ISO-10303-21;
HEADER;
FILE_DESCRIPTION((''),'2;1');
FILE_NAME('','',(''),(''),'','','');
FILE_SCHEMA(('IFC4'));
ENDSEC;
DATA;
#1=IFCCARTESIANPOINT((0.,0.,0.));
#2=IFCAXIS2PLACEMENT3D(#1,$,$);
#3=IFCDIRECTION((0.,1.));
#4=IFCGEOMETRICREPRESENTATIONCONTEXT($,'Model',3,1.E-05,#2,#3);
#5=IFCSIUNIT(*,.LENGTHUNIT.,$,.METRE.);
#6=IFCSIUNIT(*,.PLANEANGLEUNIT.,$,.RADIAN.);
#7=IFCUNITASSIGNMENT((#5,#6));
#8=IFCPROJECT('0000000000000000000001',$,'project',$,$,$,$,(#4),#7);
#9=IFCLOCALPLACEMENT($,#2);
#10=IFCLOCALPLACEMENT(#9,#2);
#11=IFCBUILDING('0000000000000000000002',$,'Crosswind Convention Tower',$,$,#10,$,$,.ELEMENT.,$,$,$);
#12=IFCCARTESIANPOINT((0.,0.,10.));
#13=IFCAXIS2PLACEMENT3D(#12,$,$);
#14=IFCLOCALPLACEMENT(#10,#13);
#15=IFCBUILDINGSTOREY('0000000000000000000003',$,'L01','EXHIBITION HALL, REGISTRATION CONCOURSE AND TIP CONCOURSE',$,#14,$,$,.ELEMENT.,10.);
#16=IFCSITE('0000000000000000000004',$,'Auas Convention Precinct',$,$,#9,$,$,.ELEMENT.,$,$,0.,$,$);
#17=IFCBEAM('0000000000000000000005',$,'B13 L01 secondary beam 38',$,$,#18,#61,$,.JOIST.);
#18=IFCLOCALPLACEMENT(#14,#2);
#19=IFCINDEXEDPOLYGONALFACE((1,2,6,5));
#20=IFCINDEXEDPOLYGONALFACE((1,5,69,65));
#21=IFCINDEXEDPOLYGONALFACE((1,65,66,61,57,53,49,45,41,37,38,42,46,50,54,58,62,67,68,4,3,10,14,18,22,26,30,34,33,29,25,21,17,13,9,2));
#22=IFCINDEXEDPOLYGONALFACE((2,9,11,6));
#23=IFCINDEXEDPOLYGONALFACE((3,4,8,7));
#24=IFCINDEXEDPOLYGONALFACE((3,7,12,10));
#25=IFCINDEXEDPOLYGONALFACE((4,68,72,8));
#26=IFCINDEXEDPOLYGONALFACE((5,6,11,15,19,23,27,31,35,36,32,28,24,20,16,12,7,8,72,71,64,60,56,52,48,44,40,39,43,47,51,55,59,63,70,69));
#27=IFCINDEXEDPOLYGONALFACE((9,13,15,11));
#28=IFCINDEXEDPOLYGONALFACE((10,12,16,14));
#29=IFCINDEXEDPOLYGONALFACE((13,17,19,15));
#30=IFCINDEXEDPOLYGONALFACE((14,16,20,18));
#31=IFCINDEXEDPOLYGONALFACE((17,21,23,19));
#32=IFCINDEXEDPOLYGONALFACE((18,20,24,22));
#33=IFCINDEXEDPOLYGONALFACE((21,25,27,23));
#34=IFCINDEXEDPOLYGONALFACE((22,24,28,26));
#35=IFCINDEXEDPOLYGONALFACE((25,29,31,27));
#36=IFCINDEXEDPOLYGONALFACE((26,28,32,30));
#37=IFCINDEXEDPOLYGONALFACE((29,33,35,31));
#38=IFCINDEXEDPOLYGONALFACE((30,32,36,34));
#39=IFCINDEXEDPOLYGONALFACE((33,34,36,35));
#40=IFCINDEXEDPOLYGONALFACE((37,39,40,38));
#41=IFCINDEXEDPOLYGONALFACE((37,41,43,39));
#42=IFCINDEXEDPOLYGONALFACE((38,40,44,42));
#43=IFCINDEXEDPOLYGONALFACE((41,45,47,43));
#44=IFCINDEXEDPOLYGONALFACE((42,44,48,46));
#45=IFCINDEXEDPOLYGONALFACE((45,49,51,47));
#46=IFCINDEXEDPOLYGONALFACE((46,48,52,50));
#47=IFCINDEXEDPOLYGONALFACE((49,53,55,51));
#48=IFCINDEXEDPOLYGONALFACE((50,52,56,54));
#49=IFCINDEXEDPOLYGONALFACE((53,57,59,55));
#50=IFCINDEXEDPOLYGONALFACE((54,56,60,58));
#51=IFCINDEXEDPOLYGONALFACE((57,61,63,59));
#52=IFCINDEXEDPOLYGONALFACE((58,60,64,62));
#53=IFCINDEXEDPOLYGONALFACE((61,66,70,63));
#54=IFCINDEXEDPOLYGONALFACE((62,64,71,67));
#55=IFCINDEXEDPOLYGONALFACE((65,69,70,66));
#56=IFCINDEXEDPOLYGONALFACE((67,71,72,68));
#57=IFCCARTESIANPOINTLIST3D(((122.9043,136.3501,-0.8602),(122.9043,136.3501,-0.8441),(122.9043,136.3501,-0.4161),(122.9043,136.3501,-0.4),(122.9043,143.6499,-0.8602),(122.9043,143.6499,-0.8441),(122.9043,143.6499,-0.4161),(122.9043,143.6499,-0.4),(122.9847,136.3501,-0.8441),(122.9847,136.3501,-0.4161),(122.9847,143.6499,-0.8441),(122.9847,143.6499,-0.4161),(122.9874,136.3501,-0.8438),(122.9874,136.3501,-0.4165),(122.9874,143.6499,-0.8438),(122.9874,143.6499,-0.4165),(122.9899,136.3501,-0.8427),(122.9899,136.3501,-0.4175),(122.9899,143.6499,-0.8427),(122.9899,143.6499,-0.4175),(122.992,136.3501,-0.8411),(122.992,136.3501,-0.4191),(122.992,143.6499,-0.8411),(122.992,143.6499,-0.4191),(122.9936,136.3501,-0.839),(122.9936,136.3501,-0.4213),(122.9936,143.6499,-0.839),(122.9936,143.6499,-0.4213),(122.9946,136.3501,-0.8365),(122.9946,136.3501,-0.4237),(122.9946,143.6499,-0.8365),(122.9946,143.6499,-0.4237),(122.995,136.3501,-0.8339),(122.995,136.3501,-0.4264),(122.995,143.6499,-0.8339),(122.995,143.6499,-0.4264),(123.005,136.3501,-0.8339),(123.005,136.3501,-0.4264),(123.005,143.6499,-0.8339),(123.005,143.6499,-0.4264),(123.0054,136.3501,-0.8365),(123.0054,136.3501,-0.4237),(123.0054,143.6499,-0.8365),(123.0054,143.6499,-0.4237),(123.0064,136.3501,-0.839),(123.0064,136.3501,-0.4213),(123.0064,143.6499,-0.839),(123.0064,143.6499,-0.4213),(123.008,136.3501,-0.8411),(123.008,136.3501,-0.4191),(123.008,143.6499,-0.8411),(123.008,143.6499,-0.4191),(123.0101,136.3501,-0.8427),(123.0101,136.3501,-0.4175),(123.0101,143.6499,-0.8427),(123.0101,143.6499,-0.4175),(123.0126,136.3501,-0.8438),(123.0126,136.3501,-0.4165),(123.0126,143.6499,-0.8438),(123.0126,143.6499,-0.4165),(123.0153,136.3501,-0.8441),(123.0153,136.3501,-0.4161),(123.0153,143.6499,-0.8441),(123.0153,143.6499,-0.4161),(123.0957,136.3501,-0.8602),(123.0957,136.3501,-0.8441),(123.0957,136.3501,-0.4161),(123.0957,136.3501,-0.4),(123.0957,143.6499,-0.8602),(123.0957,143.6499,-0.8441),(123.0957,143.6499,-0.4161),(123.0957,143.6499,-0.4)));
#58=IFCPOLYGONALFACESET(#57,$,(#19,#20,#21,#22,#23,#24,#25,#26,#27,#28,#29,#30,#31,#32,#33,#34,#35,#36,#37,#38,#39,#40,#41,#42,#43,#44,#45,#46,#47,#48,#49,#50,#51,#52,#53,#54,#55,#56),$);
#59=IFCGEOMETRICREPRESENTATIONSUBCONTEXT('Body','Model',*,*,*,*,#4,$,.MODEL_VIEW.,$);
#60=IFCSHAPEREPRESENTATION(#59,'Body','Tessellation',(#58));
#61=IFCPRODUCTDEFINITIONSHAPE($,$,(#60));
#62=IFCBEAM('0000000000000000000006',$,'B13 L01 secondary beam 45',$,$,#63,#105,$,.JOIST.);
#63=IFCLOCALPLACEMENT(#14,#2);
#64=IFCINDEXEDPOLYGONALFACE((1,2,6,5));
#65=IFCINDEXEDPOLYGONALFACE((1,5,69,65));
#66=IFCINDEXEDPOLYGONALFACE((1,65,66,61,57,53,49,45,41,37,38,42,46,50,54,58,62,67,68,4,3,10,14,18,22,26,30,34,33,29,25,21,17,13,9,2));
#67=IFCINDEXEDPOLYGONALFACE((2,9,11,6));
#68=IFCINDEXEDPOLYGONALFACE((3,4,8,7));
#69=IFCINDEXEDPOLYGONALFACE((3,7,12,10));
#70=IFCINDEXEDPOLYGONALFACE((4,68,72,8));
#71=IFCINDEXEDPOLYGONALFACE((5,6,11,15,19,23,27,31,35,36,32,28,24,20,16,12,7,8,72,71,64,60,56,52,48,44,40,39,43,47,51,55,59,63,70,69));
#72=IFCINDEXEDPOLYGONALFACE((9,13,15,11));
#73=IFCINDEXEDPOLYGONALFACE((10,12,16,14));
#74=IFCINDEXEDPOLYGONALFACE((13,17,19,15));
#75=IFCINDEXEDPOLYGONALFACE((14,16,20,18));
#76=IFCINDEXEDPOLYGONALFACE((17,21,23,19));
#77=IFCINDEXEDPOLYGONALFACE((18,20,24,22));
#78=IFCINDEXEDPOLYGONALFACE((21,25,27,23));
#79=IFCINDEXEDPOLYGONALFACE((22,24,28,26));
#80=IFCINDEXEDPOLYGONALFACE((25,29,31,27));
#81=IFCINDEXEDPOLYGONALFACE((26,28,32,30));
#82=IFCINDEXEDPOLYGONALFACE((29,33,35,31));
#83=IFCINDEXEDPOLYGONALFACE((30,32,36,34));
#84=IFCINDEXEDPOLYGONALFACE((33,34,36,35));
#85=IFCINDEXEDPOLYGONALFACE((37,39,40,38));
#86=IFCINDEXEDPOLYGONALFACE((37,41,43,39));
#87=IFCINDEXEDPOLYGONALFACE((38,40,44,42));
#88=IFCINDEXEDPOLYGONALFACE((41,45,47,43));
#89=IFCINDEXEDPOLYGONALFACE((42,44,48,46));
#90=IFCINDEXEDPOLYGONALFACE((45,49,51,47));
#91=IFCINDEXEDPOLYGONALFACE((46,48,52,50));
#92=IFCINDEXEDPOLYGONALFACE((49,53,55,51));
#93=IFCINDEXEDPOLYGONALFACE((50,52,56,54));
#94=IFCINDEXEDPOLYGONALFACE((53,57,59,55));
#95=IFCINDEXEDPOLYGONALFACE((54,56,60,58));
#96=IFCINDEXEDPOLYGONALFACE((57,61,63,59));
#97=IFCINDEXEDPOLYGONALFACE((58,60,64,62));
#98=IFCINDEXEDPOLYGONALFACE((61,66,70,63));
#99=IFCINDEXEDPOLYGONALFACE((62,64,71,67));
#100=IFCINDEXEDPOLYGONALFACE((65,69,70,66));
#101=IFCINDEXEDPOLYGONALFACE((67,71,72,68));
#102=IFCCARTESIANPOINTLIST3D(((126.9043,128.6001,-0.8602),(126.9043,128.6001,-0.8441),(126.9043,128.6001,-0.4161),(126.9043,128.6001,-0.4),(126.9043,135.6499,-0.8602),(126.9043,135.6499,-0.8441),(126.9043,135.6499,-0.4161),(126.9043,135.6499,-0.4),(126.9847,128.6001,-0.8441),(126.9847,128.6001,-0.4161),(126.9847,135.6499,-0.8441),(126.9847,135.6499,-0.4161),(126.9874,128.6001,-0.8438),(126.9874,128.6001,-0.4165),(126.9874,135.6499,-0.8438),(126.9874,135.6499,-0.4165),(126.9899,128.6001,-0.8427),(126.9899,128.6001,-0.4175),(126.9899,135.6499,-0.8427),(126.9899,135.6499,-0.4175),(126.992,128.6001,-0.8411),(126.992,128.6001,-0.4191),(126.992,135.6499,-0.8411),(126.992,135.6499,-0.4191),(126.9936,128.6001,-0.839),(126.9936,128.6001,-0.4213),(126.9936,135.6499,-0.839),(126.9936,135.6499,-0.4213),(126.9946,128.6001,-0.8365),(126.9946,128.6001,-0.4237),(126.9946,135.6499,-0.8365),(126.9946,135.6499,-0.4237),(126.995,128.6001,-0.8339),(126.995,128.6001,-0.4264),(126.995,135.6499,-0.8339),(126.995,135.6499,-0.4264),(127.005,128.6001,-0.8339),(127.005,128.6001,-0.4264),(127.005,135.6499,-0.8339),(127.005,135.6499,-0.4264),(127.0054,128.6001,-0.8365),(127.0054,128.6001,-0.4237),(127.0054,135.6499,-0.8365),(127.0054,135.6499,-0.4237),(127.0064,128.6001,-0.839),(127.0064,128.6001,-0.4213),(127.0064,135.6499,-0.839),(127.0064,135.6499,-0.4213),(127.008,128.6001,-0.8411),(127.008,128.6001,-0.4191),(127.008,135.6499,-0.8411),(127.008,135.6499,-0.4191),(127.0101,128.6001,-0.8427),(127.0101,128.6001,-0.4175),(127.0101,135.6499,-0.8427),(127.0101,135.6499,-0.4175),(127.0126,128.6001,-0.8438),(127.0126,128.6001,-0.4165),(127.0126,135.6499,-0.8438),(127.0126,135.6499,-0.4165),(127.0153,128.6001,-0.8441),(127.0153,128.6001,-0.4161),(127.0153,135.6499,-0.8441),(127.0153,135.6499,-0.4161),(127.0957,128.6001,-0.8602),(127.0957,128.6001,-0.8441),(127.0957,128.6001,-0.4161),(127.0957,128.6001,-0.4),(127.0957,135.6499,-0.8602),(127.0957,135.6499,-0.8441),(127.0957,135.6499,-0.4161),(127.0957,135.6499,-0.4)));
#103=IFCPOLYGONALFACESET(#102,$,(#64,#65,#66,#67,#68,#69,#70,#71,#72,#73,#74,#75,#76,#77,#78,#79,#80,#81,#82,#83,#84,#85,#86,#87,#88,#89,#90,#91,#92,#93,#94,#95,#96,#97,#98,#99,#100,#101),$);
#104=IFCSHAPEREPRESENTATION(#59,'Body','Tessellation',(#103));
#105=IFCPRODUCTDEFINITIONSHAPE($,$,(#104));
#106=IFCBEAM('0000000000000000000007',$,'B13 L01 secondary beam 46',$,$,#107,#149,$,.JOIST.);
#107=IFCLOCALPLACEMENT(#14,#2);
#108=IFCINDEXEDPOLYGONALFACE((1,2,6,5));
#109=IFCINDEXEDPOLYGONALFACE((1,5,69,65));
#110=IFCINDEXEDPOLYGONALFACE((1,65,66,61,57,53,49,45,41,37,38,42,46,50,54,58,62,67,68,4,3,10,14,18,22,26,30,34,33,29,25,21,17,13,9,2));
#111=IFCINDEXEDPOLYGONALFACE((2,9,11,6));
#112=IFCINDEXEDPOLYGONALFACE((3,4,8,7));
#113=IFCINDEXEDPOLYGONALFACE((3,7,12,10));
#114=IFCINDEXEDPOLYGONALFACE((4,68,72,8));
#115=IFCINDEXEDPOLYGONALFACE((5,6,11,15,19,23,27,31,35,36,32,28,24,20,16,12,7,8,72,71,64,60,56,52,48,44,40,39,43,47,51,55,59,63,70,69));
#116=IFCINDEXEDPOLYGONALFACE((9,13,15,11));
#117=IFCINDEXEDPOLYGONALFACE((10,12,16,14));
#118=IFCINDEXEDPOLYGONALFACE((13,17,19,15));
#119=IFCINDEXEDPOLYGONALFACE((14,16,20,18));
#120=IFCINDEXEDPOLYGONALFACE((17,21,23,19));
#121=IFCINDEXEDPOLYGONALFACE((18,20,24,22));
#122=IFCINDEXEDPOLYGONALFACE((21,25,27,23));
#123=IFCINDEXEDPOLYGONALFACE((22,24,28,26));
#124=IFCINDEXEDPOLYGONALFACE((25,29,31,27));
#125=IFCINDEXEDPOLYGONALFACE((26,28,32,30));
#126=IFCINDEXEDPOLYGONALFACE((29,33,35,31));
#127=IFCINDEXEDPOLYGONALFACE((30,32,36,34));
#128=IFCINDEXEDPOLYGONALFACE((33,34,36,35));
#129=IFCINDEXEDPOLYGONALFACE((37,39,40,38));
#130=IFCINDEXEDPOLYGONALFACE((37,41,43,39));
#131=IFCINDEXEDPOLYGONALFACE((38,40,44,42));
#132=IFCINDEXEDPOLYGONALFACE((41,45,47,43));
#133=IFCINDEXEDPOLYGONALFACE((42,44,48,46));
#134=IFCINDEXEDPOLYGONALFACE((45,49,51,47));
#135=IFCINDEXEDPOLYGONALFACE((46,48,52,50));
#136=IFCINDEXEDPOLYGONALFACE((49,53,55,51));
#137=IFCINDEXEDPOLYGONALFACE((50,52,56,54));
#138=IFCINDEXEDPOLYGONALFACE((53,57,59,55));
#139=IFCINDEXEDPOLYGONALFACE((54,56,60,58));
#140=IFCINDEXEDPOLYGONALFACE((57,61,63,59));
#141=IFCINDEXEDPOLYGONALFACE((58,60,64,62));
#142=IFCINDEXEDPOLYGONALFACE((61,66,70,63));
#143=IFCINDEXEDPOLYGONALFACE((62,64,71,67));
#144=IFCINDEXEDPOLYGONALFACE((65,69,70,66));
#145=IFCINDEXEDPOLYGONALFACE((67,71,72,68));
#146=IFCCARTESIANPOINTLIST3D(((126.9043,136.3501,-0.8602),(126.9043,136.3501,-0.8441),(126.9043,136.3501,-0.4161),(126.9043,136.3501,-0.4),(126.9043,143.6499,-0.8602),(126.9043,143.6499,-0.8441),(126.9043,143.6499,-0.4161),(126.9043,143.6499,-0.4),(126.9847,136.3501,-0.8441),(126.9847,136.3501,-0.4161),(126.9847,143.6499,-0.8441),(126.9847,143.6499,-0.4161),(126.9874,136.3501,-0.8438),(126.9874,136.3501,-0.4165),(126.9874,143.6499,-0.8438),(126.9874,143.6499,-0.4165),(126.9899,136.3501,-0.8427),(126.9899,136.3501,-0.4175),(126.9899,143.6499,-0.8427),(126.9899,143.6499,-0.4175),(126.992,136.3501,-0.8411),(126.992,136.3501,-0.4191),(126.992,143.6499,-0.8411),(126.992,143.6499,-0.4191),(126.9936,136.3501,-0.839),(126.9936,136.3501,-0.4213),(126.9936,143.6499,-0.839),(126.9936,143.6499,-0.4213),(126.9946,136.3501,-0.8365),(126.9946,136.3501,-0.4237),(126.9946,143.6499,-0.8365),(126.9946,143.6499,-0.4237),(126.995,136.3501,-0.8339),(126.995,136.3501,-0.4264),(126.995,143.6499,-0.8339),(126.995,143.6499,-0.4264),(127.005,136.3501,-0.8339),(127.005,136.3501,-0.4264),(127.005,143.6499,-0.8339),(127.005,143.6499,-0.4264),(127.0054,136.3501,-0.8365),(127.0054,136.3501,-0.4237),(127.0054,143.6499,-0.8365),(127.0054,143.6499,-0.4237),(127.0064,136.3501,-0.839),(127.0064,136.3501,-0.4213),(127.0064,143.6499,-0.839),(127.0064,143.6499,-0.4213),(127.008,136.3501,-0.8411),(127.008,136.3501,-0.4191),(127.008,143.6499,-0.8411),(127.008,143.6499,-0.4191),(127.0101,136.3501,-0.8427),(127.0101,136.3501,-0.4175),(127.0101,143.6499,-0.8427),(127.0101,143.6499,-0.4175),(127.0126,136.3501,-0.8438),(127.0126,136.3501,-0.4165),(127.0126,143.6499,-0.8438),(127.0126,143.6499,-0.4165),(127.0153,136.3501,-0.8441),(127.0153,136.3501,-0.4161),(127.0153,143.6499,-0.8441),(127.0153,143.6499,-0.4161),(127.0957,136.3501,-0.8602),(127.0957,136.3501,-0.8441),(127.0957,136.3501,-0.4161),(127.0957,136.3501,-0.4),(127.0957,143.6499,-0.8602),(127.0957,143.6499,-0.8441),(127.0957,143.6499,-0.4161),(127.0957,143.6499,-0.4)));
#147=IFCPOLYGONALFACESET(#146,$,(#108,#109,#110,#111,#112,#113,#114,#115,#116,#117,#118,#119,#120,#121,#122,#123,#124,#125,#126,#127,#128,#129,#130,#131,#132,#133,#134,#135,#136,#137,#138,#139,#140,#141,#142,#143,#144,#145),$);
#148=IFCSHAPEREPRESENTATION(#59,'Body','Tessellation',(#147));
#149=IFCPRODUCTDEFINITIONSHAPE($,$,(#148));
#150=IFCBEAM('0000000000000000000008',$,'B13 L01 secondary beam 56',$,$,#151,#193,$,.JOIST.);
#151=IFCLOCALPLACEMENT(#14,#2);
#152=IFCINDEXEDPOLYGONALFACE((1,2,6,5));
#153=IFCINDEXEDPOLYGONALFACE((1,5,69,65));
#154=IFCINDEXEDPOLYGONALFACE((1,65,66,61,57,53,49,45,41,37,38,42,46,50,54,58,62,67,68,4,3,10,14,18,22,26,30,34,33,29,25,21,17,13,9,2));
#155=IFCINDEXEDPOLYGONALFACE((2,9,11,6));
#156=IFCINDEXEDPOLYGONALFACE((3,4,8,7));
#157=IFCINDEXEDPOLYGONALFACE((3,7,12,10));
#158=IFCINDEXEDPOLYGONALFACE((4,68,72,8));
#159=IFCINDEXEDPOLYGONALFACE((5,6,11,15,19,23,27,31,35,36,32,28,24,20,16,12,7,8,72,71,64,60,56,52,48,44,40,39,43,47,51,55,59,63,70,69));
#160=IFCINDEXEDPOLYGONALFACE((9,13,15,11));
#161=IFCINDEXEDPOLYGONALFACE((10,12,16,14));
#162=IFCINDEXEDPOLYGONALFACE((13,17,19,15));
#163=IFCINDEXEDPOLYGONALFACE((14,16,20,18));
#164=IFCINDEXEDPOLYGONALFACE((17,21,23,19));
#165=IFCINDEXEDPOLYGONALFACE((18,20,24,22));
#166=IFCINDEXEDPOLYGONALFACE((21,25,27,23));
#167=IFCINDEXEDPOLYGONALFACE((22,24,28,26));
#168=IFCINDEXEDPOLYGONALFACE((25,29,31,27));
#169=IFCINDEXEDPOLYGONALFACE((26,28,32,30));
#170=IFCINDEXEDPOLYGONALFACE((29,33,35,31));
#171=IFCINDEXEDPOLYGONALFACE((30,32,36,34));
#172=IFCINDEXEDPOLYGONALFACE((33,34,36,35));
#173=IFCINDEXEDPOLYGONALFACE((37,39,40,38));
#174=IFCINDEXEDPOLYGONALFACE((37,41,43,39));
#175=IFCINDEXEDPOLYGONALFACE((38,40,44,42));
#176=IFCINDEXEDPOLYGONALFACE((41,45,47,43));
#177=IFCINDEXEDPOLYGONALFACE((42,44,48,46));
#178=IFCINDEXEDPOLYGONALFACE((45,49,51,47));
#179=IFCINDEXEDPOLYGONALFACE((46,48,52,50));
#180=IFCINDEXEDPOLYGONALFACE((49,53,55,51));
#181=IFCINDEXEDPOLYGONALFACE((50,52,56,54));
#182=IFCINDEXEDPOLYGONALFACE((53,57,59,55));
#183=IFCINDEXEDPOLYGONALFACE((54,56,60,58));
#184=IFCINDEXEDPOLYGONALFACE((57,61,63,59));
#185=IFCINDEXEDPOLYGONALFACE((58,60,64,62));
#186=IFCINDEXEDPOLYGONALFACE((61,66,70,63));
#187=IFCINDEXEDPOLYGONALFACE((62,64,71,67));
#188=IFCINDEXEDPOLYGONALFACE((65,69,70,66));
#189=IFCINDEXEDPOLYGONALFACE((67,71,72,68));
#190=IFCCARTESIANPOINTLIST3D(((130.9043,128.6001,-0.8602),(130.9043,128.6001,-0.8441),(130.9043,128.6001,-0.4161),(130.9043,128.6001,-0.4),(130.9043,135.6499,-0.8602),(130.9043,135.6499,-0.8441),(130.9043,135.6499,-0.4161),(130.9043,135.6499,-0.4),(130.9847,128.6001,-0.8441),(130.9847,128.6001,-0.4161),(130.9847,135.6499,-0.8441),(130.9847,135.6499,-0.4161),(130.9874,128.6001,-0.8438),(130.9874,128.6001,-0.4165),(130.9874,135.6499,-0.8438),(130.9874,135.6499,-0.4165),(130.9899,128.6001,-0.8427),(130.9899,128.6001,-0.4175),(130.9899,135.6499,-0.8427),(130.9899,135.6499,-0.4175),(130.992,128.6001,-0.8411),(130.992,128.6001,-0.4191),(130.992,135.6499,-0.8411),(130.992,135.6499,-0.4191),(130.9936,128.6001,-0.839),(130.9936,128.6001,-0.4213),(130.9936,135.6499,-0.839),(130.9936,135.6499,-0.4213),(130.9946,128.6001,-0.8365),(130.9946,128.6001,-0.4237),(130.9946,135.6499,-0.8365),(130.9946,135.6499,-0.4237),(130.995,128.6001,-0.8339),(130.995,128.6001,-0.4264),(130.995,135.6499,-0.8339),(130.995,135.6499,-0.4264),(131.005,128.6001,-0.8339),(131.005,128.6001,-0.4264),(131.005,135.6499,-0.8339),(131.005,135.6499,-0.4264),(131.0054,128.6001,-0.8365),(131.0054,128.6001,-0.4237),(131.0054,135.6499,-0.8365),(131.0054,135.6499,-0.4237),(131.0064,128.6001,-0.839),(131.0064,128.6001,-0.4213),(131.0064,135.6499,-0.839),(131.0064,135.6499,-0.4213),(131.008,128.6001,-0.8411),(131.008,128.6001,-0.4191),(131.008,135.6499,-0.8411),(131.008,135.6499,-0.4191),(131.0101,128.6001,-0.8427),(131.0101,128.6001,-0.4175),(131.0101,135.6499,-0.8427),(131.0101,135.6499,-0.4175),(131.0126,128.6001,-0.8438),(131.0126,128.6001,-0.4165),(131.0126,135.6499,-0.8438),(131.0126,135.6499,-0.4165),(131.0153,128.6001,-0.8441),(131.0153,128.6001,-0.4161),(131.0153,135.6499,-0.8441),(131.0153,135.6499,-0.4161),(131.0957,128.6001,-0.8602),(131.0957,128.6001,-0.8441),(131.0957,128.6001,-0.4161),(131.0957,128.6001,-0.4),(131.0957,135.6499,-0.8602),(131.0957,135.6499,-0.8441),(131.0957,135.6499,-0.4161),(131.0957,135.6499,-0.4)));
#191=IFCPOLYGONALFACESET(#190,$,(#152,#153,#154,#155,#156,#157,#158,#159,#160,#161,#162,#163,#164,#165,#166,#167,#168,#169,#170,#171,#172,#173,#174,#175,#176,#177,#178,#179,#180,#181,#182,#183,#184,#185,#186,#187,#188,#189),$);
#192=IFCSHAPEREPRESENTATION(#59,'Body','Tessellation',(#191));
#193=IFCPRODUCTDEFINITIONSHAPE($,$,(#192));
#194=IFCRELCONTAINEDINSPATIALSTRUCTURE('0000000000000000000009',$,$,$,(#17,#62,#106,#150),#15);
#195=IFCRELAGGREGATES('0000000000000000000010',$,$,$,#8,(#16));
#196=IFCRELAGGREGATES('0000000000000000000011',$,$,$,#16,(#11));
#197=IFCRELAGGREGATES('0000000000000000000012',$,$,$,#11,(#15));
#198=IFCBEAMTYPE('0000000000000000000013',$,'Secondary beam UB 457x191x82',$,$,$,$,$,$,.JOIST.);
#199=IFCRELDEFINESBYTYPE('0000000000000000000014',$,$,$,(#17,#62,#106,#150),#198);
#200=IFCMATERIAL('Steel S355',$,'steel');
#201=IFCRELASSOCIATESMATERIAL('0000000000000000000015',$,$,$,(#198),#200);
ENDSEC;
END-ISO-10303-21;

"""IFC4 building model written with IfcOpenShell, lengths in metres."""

from ifc_helpers import new_model, si_unit, direction, frame, origin, origin_2d, place, context, subcontext, project, spatial, i_section, extrude, material, material_profile, profile_set, type_object, element, save


model = new_model("IFC4")

# Units and contexts
model_context = context("Model", 3, precision=1e-05, world=origin(), true_north=direction((0.0, 1.0)))
body_context = subcontext(model_context, "Body", "Model", "MODEL_VIEW")
ifc_project = project(units=[si_unit("LENGTHUNIT", "METRE"), si_unit("PLANEANGLEUNIT", "RADIAN")], contexts=[model_context])

# Site, building, storey
site_placement = place(None, origin())
site = spatial("IfcSite", under=ifc_project, at=site_placement, Name="Auas Convention Precinct", CompositionType="ELEMENT", RefElevation=0.0)
building_placement = place(site_placement, origin())
building = spatial("IfcBuilding", under=site, at=building_placement, Name="Crosswind Convention Tower", CompositionType="ELEMENT")
storey_placement = place(building_placement, frame((0.0, 0.0, 10.0)))
storey = spatial("IfcBuildingStorey", under=building, at=storey_placement, Name="L01", Description="EXHIBITION HALL, REGISTRATION CONCOURSE AND TIP CONCOURSE", CompositionType="ELEMENT", Elevation=10.0)

# Shared definitions
ifc_material_1 = material(Name="Steel S355", Category="steel")

# Beams
ifc_material_profile_1 = material_profile(ifc_material_1, i_section(OverallWidth=0.1914, OverallDepth=0.4602, WebThickness=0.01, FlangeThickness=0.0161, FilletRadius=0.0103, at=origin_2d()), Name="UB 457x191x82")
ifc_profile_set_1 = profile_set([ifc_material_profile_1], Name="Steel S355")
beam_type_1 = type_object("IfcBeamType", Name="Secondary beam UB 457x191x82", PredefinedType="JOIST", material=ifc_profile_set_1)
beam_1_placement = place(storey_placement, frame((123.0, 136.3501, -0.6301), z_axis=(0.0, 1.0, 0.0), x_axis=(-1.0, 0.0, 0.0)))
element("IfcBeam", 1, at=beam_1_placement, inside=storey, type_object=beam_type_1, Name="B13 L01 secondary beam 38", PredefinedType="JOIST", context=body_context, shape_type="SweptSolid", body=[
    extrude(i_section(OverallWidth=0.1914, OverallDepth=0.4602, WebThickness=0.01, FlangeThickness=0.0161, FilletRadius=0.0103, at=origin_2d()), origin(), (0.0, 0.0, 1.0), 7.2998),
])
beam_2_placement = place(storey_placement, frame((127.0, 128.6001, -0.6301), z_axis=(0.0, 1.0, 0.0), x_axis=(-1.0, 0.0, 0.0)))
element("IfcBeam", 2, at=beam_2_placement, inside=storey, type_object=beam_type_1, Name="B13 L01 secondary beam 45", PredefinedType="JOIST", context=body_context, shape_type="SweptSolid", body=[
    extrude(i_section(OverallWidth=0.1914, OverallDepth=0.4602, WebThickness=0.01, FlangeThickness=0.0161, FilletRadius=0.0103, at=origin_2d()), origin(), (0.0, 0.0, 1.0), 7.0498),
])
beam_3_placement = place(storey_placement, frame((127.0, 136.3501, -0.6301), z_axis=(0.0, 1.0, 0.0), x_axis=(-1.0, 0.0, 0.0)))
element("IfcBeam", 3, at=beam_3_placement, inside=storey, type_object=beam_type_1, Name="B13 L01 secondary beam 46", PredefinedType="JOIST", context=body_context, shape_type="SweptSolid", body=[
    extrude(i_section(OverallWidth=0.1914, OverallDepth=0.4602, WebThickness=0.01, FlangeThickness=0.0161, FilletRadius=0.0103, at=origin_2d()), origin(), (0.0, 0.0, 1.0), 7.2998),
])
beam_4_placement = place(storey_placement, frame((131.0, 128.6001, -0.6301), z_axis=(0.0, 1.0, 0.0), x_axis=(-1.0, 0.0, 0.0)))
element("IfcBeam", 4, at=beam_4_placement, inside=storey, type_object=beam_type_1, Name="B13 L01 secondary beam 56", PredefinedType="JOIST", context=body_context, shape_type="SweptSolid", body=[
    extrude(i_section(OverallWidth=0.1914, OverallDepth=0.4602, WebThickness=0.01, FlangeThickness=0.0161, FilletRadius=0.0103, at=origin_2d()), origin(), (0.0, 0.0, 1.0), 7.0498),
])

save(model, "model.ifc")
